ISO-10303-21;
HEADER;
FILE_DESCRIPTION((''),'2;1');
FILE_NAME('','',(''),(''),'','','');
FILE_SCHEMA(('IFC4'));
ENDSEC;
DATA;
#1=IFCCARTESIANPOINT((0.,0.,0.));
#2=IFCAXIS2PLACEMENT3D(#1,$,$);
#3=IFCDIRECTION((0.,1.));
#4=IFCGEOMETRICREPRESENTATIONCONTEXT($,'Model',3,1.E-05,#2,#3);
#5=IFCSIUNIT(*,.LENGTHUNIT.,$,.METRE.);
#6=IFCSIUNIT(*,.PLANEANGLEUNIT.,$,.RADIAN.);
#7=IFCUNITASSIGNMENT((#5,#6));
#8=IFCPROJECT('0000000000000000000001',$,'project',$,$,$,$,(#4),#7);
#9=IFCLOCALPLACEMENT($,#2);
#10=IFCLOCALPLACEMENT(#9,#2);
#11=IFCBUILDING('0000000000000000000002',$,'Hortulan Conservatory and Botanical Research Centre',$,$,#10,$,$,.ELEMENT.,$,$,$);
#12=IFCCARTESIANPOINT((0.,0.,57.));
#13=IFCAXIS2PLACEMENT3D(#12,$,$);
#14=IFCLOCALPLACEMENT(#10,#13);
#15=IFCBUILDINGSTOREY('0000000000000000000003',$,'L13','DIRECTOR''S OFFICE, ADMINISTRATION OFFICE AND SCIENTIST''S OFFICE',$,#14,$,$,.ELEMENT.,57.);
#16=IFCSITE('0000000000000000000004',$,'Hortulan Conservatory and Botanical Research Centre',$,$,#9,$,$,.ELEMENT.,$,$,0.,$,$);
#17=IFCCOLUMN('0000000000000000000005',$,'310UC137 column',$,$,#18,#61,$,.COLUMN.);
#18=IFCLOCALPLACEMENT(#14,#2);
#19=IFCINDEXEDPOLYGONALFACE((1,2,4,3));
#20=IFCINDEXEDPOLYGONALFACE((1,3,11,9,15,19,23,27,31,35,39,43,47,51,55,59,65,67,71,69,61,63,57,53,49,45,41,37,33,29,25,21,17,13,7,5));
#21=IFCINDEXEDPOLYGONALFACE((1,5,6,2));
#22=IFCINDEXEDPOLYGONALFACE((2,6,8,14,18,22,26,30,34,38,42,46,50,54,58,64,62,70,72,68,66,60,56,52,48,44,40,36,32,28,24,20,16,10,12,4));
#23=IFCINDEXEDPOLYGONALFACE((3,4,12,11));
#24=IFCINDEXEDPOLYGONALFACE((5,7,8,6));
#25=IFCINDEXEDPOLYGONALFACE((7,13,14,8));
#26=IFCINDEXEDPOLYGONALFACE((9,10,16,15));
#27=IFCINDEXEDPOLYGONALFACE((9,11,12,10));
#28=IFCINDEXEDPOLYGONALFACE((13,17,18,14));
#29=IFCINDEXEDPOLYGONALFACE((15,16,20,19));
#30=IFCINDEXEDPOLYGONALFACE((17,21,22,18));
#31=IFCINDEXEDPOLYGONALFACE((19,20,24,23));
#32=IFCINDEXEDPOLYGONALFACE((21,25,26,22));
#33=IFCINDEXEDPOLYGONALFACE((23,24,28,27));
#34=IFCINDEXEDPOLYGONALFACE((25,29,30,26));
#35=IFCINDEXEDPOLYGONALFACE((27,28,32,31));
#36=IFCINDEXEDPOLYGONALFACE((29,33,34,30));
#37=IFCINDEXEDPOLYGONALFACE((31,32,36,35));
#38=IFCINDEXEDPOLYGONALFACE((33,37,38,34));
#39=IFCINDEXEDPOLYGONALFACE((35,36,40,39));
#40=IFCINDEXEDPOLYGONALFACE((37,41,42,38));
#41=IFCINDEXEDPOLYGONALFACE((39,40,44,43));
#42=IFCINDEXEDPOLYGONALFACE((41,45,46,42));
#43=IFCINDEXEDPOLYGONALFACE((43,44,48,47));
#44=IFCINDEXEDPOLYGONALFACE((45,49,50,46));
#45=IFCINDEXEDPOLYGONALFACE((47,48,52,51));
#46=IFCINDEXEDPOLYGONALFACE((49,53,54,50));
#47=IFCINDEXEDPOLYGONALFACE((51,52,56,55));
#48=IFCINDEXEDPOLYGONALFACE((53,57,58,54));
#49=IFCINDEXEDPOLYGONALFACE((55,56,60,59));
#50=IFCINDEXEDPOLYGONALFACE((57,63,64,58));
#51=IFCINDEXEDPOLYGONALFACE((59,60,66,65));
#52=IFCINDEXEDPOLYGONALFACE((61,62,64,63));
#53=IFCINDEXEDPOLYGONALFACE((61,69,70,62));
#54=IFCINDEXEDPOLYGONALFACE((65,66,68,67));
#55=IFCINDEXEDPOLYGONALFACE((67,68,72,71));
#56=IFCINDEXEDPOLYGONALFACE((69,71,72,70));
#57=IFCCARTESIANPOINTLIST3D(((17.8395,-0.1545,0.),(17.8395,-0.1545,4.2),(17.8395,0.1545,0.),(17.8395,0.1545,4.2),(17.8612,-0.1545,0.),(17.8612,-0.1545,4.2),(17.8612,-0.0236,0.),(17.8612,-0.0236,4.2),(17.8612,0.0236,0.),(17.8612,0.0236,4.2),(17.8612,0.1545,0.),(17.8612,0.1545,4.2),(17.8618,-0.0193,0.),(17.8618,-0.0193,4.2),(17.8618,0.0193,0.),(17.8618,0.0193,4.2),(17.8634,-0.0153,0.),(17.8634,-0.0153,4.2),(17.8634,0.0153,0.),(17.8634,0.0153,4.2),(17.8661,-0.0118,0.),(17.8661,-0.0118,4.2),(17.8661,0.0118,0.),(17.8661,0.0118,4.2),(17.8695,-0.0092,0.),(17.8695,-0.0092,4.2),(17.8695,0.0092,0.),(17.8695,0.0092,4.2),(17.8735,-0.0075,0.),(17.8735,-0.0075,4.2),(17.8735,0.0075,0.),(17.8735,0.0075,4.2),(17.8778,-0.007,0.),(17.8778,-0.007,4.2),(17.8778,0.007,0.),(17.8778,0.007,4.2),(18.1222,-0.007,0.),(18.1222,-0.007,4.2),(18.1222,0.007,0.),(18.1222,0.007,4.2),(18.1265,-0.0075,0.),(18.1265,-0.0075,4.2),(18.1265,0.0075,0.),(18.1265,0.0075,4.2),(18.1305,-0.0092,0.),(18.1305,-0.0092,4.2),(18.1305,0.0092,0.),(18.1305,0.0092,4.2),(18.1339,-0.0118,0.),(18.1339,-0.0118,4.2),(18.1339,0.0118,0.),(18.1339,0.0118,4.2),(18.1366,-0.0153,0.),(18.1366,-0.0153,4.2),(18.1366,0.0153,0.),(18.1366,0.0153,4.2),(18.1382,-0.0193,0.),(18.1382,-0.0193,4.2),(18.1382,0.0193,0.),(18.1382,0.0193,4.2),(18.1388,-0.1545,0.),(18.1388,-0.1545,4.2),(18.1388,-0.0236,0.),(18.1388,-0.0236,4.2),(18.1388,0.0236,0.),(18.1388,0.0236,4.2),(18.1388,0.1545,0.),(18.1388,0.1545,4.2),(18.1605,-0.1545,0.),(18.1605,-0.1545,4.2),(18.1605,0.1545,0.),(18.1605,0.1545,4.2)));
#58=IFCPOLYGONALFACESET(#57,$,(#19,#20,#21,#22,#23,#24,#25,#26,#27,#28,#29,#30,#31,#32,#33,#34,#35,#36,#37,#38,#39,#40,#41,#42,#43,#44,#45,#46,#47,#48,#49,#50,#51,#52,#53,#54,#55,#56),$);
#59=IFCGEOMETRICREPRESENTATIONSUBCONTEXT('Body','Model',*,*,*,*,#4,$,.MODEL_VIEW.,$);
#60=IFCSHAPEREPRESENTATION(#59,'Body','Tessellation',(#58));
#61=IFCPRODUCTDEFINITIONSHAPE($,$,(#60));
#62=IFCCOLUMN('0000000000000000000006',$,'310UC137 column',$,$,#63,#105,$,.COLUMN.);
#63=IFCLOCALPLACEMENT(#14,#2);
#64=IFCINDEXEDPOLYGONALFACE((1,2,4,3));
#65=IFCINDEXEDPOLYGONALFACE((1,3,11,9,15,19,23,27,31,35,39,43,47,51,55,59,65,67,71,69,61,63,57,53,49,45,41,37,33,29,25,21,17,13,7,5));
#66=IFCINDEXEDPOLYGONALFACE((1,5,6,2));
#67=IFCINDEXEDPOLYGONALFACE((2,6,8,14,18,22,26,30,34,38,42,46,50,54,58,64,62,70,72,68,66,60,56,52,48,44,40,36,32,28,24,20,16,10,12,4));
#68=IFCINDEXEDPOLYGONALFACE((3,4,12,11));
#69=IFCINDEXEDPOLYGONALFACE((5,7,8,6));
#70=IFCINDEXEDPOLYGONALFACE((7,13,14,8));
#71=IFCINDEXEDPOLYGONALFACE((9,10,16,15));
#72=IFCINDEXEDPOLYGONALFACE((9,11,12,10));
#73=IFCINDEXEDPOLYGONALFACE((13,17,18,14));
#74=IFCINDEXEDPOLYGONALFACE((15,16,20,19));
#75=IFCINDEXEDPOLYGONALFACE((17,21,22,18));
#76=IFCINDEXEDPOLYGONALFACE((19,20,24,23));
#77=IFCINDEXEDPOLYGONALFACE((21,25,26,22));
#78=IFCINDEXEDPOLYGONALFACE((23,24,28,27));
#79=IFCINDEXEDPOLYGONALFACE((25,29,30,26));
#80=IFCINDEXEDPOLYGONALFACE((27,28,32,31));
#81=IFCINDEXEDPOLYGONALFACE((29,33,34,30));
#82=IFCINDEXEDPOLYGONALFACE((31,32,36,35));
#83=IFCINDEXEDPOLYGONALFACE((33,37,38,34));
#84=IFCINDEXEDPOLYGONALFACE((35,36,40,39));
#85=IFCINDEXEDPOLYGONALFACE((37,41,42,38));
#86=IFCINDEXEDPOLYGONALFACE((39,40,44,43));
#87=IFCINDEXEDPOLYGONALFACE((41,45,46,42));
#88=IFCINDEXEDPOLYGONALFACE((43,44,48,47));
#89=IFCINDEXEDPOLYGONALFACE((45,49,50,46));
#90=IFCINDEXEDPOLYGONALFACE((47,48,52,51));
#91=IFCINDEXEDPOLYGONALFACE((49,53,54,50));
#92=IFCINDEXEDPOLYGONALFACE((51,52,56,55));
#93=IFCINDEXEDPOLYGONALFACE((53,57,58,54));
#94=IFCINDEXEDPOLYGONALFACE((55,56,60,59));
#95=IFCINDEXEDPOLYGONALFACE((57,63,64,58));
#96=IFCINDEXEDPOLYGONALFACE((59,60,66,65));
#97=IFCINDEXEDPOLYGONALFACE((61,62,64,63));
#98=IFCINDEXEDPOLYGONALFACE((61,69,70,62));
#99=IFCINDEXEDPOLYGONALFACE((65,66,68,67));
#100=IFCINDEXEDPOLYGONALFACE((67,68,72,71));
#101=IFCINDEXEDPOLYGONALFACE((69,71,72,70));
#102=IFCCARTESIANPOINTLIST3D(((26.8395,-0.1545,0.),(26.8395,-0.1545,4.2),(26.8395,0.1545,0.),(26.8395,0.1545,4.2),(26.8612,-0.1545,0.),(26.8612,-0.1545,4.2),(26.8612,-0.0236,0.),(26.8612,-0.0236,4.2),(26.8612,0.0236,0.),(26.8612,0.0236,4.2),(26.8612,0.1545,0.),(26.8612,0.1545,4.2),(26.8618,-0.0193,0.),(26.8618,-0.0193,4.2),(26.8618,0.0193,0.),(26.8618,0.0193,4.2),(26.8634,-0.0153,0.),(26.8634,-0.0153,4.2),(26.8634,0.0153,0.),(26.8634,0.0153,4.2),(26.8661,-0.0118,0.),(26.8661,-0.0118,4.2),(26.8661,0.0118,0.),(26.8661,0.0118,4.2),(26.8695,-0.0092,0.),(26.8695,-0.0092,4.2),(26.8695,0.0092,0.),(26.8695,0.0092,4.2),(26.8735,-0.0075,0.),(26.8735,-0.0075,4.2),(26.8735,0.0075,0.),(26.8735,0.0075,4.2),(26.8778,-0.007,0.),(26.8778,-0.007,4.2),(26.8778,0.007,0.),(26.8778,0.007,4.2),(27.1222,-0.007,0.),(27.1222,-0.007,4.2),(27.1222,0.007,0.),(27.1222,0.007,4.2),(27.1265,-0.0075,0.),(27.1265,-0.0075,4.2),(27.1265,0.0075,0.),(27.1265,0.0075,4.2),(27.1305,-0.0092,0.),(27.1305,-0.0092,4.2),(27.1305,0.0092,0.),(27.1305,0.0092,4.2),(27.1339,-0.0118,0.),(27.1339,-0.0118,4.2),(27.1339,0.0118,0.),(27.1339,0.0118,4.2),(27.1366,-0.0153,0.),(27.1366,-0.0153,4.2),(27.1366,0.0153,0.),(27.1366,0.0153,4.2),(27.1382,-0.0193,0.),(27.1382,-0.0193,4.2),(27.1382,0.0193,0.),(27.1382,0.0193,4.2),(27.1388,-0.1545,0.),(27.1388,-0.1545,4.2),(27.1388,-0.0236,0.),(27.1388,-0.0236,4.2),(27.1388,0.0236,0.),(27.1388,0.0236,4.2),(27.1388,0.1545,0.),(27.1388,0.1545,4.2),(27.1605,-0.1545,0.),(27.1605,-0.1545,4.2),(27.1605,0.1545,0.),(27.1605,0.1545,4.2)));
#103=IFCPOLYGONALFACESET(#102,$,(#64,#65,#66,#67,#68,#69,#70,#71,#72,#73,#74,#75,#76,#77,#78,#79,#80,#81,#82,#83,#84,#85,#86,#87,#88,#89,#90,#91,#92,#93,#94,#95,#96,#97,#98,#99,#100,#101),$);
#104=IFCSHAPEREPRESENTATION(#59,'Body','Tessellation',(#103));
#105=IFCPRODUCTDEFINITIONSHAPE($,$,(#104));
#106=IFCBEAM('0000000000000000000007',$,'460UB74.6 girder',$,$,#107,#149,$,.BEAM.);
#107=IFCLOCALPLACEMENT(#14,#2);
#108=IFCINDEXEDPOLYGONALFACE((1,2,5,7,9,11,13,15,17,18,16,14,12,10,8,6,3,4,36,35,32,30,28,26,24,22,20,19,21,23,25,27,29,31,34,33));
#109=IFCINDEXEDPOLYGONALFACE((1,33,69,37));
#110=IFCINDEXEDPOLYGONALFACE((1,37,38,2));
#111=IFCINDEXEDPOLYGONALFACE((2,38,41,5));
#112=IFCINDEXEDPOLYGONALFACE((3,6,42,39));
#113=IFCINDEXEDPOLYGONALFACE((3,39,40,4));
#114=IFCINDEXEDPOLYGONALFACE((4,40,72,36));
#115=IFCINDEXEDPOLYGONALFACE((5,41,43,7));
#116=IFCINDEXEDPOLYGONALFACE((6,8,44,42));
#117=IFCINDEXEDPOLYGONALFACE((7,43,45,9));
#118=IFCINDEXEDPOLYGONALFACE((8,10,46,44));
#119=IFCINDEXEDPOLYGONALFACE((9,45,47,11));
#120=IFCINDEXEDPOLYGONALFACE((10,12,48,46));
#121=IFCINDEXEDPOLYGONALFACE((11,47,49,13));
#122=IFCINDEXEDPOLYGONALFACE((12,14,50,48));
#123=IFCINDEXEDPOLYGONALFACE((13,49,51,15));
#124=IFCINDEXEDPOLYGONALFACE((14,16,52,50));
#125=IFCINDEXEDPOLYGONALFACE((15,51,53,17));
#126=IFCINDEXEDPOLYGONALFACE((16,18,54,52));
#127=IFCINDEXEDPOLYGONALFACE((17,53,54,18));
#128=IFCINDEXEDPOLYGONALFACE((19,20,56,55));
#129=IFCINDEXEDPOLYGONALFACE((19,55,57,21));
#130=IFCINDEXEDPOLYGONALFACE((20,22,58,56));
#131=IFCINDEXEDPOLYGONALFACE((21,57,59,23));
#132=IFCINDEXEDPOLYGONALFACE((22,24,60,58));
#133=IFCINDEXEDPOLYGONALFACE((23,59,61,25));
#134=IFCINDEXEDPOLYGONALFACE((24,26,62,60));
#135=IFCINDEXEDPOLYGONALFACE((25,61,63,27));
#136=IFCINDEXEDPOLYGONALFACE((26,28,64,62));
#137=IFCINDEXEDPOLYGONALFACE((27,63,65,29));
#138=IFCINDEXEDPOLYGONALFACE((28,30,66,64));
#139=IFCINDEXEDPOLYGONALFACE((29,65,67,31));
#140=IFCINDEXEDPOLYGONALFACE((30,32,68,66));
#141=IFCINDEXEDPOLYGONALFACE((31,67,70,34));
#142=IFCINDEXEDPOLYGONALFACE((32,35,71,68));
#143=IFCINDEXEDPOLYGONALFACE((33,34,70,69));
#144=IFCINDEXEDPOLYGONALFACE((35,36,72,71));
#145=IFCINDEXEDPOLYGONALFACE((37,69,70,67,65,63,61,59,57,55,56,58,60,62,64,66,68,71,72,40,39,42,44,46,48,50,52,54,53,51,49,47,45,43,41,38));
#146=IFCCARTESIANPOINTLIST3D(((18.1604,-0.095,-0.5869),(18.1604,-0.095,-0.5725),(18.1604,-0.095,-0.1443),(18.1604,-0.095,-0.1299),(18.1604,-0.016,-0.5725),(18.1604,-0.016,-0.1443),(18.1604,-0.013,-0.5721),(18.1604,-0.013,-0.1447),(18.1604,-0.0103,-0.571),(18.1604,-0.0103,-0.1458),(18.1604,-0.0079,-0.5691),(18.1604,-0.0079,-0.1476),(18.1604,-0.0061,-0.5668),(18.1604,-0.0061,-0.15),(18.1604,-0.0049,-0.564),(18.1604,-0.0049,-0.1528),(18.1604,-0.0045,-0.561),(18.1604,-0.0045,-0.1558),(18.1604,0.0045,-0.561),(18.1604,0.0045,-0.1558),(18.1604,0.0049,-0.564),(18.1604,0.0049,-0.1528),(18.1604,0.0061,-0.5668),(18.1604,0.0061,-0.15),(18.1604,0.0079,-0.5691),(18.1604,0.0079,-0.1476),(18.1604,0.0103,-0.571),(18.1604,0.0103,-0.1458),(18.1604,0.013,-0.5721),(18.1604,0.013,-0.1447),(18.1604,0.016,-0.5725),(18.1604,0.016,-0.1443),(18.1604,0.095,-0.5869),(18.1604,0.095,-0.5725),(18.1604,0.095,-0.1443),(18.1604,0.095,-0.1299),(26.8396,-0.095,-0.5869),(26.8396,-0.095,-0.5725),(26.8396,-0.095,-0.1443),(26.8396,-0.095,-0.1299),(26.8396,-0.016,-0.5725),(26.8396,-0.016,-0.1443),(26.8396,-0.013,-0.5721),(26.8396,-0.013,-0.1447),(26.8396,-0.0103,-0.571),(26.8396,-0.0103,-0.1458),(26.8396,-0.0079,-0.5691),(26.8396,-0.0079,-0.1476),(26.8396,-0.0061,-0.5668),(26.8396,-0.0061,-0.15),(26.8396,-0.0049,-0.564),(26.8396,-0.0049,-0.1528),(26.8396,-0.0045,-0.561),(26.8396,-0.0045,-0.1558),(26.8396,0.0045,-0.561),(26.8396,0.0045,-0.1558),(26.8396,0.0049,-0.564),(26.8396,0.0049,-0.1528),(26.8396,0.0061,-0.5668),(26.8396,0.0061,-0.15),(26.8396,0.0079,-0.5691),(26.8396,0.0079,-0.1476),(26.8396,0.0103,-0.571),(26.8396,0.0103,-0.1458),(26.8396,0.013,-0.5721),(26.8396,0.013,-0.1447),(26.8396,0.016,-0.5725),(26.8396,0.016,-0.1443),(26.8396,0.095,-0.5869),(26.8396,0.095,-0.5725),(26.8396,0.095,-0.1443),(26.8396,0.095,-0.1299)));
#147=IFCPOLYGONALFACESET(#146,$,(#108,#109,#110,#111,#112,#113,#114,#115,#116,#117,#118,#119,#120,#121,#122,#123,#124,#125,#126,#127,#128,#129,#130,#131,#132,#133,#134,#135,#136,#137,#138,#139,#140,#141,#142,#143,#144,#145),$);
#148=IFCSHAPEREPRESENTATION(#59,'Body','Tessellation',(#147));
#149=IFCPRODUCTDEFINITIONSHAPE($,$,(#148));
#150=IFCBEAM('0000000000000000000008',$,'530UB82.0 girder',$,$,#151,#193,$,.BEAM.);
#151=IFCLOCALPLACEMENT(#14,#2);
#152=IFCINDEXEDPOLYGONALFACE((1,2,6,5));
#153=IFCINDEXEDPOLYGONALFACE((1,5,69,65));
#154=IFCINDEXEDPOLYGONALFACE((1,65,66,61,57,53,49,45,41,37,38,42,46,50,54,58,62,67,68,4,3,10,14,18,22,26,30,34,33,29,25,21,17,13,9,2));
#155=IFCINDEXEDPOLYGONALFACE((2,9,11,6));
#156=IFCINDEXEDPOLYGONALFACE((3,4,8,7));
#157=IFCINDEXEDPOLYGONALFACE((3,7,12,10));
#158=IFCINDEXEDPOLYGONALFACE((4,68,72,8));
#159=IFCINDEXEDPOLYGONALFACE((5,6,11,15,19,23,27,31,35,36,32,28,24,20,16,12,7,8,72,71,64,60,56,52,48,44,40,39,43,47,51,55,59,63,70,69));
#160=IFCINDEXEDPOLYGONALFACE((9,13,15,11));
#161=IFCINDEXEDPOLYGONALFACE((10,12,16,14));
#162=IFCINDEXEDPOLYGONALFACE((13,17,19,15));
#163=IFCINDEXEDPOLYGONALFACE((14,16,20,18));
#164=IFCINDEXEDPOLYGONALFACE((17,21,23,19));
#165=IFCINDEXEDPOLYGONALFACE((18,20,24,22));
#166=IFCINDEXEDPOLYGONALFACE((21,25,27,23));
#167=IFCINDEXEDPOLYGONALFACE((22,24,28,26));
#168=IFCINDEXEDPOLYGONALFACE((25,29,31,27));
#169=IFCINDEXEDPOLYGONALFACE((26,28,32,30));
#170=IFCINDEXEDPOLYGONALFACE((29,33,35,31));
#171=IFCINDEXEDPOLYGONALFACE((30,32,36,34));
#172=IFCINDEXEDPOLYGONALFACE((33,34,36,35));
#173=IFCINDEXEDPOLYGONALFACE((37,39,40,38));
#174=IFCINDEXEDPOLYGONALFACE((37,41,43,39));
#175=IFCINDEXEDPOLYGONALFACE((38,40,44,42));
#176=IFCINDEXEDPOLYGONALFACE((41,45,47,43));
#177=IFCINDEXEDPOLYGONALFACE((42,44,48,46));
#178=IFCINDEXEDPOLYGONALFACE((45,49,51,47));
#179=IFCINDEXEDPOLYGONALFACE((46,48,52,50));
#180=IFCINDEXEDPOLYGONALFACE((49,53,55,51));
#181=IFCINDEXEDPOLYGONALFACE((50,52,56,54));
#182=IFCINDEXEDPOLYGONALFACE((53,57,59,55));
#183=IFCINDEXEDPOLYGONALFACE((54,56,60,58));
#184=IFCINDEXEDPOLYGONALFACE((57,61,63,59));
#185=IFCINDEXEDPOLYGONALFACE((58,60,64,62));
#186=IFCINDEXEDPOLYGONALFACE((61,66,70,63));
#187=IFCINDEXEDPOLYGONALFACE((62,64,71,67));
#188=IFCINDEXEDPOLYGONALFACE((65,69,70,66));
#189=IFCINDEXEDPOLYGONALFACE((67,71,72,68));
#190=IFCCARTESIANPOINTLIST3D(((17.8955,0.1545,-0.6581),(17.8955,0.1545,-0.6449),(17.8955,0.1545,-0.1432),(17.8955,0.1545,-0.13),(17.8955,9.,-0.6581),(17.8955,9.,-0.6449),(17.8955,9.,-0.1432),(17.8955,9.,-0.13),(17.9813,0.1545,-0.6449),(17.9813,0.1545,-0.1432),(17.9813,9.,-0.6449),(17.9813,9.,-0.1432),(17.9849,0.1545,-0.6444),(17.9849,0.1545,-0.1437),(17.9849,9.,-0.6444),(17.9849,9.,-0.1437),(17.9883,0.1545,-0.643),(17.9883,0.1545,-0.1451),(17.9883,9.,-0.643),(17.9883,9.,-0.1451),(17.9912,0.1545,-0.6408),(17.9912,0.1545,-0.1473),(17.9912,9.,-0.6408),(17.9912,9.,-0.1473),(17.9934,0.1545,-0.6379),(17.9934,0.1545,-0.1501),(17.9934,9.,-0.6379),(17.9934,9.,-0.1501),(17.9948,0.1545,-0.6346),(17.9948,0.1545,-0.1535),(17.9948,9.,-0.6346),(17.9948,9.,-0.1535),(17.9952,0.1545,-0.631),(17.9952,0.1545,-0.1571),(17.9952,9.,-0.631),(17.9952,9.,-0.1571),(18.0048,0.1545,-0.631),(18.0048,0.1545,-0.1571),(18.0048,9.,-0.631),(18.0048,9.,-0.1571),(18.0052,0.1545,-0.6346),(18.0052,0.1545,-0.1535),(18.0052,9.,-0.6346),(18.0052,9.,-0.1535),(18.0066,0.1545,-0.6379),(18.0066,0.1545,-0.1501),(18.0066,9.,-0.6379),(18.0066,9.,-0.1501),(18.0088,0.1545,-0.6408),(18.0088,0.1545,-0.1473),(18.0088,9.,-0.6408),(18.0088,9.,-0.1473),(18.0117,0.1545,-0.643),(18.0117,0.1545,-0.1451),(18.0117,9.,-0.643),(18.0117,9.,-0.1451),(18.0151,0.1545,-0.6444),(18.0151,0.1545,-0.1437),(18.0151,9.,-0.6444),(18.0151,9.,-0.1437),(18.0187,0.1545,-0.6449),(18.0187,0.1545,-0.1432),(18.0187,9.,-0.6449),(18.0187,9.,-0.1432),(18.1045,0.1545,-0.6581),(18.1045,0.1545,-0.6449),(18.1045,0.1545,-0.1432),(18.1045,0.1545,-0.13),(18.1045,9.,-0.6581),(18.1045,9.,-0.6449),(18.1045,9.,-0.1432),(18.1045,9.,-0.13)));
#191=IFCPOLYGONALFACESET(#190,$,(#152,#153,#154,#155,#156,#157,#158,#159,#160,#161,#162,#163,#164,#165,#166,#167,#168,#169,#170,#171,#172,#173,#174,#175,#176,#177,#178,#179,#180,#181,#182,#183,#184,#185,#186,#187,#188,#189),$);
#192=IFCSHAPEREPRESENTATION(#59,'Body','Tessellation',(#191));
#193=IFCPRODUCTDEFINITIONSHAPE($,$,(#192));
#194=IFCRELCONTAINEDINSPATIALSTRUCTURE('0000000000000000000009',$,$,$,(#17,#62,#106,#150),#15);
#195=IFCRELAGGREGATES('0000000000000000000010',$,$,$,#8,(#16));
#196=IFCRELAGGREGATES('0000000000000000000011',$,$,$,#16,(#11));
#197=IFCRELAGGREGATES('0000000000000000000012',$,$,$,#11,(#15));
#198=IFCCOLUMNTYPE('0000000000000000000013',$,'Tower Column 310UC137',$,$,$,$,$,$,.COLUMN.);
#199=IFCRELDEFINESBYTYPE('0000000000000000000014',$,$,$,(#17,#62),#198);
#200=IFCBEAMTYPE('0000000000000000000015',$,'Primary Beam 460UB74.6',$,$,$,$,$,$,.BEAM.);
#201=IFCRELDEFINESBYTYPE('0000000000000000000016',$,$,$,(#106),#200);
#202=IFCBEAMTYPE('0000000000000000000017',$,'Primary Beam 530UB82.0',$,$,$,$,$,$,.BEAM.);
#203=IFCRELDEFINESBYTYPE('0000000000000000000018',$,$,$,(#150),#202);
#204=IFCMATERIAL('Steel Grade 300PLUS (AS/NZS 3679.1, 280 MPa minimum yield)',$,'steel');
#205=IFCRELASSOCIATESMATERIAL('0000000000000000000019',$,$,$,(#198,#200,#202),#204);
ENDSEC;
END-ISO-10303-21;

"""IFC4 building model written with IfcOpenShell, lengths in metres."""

from ifc_helpers import new_model, si_unit, direction, frame, origin, origin_2d, place, context, subcontext, project, spatial, i_section, extrude, material, material_profile, profile_set, type_object, element, save


model = new_model("IFC4")

# Units and contexts
model_context = context("Model", 3, precision=1e-05, world=origin(), true_north=direction((0.0, 1.0)))
body_context = subcontext(model_context, "Body", "Model", "MODEL_VIEW")
ifc_project = project(units=[si_unit("LENGTHUNIT", "METRE"), si_unit("PLANEANGLEUNIT", "RADIAN")], contexts=[model_context])

# Site, building, storey
site_placement = place(None, origin())
site = spatial("IfcSite", under=ifc_project, at=site_placement, Name="Hortulan Conservatory and Botanical Research Centre", CompositionType="ELEMENT", RefElevation=0.0)
building_placement = place(site_placement, origin())
building = spatial("IfcBuilding", under=site, at=building_placement, Name="Hortulan Conservatory and Botanical Research Centre", CompositionType="ELEMENT")
storey_placement = place(building_placement, frame((0.0, 0.0, 57.0)))
storey = spatial("IfcBuildingStorey", under=building, at=storey_placement, Name="L13", Description="DIRECTOR'S OFFICE, ADMINISTRATION OFFICE AND SCIENTIST'S OFFICE", CompositionType="ELEMENT", Elevation=57.0)

# Columns
ifc_material_1 = material(Name="Steel Grade 300PLUS (AS/NZS 3679.1, 280 MPa minimum yield)", Category="steel")
ifc_material_profile_1 = material_profile(ifc_material_1, i_section(OverallWidth=0.3091, OverallDepth=0.321, WebThickness=0.0139, FlangeThickness=0.0217, FilletRadius=0.0166, at=origin_2d()), Name="310UC137")
ifc_profile_set_1 = profile_set([ifc_material_profile_1], Name="Steel Grade 300PLUS (AS/NZS 3679.1, 280 MPa minimum yield)")
column_type = type_object("IfcColumnType", Name="Tower Column 310UC137", PredefinedType="COLUMN", material=ifc_profile_set_1)
for number, where, z_axis, x_axis, name in (
    (1, (18.0, 0.0, 0.0), (0.0, 0.0, 1.0), (0.0, 1.0, 0.0), "310UC137 column"),
    (2, (27.0, 0.0, 0.0), (0.0, 0.0, 1.0), (0.0, 1.0, 0.0), "310UC137 column"),
):
    element("IfcColumn", number, at=place(storey_placement, frame(where, z_axis=z_axis, x_axis=x_axis)), inside=storey, type_object=column_type, Name=name, PredefinedType="COLUMN", context=body_context, shape_type="SweptSolid", body=[
        extrude(i_section(OverallWidth=0.3091, OverallDepth=0.321, WebThickness=0.0139, FlangeThickness=0.0217, FilletRadius=0.0166, at=origin_2d()), origin(), (0.0, 0.0, 1.0), 4.2),
    ])

# Beams
ifc_material_profile_2 = material_profile(ifc_material_1, i_section(OverallWidth=0.1899, OverallDepth=0.457, WebThickness=0.009, FlangeThickness=0.0144, FilletRadius=0.0115, at=origin_2d()), Name="460UB74.6")
ifc_profile_set_2 = profile_set([ifc_material_profile_2], Name="Steel Grade 300PLUS (AS/NZS 3679.1, 280 MPa minimum yield)")
beam_type_1 = type_object("IfcBeamType", Name="Primary Beam 460UB74.6", PredefinedType="BEAM", material=ifc_profile_set_2)
beam_1_placement = place(storey_placement, frame((18.1604, 0.0, -0.3584), z_axis=(1.0, 0.0, 0.0), x_axis=(0.0, 1.0, 0.0)))
element("IfcBeam", 3, at=beam_1_placement, inside=storey, type_object=beam_type_1, Name="460UB74.6 girder", PredefinedType="BEAM", context=body_context, shape_type="SweptSolid", body=[
    extrude(i_section(OverallWidth=0.1899, OverallDepth=0.457, WebThickness=0.009, FlangeThickness=0.0144, FilletRadius=0.0115, at=origin_2d()), origin(), (0.0, 0.0, 1.0), 8.6792),
])
ifc_material_profile_3 = material_profile(ifc_material_1, i_section(OverallWidth=0.209, OverallDepth=0.5281, WebThickness=0.0095, FlangeThickness=0.0132, FilletRadius=0.0139, at=origin_2d()), Name="530UB82.0")
ifc_profile_set_3 = profile_set([ifc_material_profile_3], Name="Steel Grade 300PLUS (AS/NZS 3679.1, 280 MPa minimum yield)")
beam_type_2 = type_object("IfcBeamType", Name="Primary Beam 530UB82.0", PredefinedType="BEAM", material=ifc_profile_set_3)
beam_2_placement = place(storey_placement, frame((18.0, 0.1545, -0.394), z_axis=(0.0, 1.0, 0.0), x_axis=(-1.0, 0.0, 0.0)))
element("IfcBeam", 4, at=beam_2_placement, inside=storey, type_object=beam_type_2, Name="530UB82.0 girder", PredefinedType="BEAM", context=body_context, shape_type="SweptSolid", body=[
    extrude(i_section(OverallWidth=0.209, OverallDepth=0.5281, WebThickness=0.0095, FlangeThickness=0.0132, FilletRadius=0.0139, at=origin_2d()), origin(), (0.0, 0.0, 1.0), 8.8455),
])

save(model, "model.ifc")
